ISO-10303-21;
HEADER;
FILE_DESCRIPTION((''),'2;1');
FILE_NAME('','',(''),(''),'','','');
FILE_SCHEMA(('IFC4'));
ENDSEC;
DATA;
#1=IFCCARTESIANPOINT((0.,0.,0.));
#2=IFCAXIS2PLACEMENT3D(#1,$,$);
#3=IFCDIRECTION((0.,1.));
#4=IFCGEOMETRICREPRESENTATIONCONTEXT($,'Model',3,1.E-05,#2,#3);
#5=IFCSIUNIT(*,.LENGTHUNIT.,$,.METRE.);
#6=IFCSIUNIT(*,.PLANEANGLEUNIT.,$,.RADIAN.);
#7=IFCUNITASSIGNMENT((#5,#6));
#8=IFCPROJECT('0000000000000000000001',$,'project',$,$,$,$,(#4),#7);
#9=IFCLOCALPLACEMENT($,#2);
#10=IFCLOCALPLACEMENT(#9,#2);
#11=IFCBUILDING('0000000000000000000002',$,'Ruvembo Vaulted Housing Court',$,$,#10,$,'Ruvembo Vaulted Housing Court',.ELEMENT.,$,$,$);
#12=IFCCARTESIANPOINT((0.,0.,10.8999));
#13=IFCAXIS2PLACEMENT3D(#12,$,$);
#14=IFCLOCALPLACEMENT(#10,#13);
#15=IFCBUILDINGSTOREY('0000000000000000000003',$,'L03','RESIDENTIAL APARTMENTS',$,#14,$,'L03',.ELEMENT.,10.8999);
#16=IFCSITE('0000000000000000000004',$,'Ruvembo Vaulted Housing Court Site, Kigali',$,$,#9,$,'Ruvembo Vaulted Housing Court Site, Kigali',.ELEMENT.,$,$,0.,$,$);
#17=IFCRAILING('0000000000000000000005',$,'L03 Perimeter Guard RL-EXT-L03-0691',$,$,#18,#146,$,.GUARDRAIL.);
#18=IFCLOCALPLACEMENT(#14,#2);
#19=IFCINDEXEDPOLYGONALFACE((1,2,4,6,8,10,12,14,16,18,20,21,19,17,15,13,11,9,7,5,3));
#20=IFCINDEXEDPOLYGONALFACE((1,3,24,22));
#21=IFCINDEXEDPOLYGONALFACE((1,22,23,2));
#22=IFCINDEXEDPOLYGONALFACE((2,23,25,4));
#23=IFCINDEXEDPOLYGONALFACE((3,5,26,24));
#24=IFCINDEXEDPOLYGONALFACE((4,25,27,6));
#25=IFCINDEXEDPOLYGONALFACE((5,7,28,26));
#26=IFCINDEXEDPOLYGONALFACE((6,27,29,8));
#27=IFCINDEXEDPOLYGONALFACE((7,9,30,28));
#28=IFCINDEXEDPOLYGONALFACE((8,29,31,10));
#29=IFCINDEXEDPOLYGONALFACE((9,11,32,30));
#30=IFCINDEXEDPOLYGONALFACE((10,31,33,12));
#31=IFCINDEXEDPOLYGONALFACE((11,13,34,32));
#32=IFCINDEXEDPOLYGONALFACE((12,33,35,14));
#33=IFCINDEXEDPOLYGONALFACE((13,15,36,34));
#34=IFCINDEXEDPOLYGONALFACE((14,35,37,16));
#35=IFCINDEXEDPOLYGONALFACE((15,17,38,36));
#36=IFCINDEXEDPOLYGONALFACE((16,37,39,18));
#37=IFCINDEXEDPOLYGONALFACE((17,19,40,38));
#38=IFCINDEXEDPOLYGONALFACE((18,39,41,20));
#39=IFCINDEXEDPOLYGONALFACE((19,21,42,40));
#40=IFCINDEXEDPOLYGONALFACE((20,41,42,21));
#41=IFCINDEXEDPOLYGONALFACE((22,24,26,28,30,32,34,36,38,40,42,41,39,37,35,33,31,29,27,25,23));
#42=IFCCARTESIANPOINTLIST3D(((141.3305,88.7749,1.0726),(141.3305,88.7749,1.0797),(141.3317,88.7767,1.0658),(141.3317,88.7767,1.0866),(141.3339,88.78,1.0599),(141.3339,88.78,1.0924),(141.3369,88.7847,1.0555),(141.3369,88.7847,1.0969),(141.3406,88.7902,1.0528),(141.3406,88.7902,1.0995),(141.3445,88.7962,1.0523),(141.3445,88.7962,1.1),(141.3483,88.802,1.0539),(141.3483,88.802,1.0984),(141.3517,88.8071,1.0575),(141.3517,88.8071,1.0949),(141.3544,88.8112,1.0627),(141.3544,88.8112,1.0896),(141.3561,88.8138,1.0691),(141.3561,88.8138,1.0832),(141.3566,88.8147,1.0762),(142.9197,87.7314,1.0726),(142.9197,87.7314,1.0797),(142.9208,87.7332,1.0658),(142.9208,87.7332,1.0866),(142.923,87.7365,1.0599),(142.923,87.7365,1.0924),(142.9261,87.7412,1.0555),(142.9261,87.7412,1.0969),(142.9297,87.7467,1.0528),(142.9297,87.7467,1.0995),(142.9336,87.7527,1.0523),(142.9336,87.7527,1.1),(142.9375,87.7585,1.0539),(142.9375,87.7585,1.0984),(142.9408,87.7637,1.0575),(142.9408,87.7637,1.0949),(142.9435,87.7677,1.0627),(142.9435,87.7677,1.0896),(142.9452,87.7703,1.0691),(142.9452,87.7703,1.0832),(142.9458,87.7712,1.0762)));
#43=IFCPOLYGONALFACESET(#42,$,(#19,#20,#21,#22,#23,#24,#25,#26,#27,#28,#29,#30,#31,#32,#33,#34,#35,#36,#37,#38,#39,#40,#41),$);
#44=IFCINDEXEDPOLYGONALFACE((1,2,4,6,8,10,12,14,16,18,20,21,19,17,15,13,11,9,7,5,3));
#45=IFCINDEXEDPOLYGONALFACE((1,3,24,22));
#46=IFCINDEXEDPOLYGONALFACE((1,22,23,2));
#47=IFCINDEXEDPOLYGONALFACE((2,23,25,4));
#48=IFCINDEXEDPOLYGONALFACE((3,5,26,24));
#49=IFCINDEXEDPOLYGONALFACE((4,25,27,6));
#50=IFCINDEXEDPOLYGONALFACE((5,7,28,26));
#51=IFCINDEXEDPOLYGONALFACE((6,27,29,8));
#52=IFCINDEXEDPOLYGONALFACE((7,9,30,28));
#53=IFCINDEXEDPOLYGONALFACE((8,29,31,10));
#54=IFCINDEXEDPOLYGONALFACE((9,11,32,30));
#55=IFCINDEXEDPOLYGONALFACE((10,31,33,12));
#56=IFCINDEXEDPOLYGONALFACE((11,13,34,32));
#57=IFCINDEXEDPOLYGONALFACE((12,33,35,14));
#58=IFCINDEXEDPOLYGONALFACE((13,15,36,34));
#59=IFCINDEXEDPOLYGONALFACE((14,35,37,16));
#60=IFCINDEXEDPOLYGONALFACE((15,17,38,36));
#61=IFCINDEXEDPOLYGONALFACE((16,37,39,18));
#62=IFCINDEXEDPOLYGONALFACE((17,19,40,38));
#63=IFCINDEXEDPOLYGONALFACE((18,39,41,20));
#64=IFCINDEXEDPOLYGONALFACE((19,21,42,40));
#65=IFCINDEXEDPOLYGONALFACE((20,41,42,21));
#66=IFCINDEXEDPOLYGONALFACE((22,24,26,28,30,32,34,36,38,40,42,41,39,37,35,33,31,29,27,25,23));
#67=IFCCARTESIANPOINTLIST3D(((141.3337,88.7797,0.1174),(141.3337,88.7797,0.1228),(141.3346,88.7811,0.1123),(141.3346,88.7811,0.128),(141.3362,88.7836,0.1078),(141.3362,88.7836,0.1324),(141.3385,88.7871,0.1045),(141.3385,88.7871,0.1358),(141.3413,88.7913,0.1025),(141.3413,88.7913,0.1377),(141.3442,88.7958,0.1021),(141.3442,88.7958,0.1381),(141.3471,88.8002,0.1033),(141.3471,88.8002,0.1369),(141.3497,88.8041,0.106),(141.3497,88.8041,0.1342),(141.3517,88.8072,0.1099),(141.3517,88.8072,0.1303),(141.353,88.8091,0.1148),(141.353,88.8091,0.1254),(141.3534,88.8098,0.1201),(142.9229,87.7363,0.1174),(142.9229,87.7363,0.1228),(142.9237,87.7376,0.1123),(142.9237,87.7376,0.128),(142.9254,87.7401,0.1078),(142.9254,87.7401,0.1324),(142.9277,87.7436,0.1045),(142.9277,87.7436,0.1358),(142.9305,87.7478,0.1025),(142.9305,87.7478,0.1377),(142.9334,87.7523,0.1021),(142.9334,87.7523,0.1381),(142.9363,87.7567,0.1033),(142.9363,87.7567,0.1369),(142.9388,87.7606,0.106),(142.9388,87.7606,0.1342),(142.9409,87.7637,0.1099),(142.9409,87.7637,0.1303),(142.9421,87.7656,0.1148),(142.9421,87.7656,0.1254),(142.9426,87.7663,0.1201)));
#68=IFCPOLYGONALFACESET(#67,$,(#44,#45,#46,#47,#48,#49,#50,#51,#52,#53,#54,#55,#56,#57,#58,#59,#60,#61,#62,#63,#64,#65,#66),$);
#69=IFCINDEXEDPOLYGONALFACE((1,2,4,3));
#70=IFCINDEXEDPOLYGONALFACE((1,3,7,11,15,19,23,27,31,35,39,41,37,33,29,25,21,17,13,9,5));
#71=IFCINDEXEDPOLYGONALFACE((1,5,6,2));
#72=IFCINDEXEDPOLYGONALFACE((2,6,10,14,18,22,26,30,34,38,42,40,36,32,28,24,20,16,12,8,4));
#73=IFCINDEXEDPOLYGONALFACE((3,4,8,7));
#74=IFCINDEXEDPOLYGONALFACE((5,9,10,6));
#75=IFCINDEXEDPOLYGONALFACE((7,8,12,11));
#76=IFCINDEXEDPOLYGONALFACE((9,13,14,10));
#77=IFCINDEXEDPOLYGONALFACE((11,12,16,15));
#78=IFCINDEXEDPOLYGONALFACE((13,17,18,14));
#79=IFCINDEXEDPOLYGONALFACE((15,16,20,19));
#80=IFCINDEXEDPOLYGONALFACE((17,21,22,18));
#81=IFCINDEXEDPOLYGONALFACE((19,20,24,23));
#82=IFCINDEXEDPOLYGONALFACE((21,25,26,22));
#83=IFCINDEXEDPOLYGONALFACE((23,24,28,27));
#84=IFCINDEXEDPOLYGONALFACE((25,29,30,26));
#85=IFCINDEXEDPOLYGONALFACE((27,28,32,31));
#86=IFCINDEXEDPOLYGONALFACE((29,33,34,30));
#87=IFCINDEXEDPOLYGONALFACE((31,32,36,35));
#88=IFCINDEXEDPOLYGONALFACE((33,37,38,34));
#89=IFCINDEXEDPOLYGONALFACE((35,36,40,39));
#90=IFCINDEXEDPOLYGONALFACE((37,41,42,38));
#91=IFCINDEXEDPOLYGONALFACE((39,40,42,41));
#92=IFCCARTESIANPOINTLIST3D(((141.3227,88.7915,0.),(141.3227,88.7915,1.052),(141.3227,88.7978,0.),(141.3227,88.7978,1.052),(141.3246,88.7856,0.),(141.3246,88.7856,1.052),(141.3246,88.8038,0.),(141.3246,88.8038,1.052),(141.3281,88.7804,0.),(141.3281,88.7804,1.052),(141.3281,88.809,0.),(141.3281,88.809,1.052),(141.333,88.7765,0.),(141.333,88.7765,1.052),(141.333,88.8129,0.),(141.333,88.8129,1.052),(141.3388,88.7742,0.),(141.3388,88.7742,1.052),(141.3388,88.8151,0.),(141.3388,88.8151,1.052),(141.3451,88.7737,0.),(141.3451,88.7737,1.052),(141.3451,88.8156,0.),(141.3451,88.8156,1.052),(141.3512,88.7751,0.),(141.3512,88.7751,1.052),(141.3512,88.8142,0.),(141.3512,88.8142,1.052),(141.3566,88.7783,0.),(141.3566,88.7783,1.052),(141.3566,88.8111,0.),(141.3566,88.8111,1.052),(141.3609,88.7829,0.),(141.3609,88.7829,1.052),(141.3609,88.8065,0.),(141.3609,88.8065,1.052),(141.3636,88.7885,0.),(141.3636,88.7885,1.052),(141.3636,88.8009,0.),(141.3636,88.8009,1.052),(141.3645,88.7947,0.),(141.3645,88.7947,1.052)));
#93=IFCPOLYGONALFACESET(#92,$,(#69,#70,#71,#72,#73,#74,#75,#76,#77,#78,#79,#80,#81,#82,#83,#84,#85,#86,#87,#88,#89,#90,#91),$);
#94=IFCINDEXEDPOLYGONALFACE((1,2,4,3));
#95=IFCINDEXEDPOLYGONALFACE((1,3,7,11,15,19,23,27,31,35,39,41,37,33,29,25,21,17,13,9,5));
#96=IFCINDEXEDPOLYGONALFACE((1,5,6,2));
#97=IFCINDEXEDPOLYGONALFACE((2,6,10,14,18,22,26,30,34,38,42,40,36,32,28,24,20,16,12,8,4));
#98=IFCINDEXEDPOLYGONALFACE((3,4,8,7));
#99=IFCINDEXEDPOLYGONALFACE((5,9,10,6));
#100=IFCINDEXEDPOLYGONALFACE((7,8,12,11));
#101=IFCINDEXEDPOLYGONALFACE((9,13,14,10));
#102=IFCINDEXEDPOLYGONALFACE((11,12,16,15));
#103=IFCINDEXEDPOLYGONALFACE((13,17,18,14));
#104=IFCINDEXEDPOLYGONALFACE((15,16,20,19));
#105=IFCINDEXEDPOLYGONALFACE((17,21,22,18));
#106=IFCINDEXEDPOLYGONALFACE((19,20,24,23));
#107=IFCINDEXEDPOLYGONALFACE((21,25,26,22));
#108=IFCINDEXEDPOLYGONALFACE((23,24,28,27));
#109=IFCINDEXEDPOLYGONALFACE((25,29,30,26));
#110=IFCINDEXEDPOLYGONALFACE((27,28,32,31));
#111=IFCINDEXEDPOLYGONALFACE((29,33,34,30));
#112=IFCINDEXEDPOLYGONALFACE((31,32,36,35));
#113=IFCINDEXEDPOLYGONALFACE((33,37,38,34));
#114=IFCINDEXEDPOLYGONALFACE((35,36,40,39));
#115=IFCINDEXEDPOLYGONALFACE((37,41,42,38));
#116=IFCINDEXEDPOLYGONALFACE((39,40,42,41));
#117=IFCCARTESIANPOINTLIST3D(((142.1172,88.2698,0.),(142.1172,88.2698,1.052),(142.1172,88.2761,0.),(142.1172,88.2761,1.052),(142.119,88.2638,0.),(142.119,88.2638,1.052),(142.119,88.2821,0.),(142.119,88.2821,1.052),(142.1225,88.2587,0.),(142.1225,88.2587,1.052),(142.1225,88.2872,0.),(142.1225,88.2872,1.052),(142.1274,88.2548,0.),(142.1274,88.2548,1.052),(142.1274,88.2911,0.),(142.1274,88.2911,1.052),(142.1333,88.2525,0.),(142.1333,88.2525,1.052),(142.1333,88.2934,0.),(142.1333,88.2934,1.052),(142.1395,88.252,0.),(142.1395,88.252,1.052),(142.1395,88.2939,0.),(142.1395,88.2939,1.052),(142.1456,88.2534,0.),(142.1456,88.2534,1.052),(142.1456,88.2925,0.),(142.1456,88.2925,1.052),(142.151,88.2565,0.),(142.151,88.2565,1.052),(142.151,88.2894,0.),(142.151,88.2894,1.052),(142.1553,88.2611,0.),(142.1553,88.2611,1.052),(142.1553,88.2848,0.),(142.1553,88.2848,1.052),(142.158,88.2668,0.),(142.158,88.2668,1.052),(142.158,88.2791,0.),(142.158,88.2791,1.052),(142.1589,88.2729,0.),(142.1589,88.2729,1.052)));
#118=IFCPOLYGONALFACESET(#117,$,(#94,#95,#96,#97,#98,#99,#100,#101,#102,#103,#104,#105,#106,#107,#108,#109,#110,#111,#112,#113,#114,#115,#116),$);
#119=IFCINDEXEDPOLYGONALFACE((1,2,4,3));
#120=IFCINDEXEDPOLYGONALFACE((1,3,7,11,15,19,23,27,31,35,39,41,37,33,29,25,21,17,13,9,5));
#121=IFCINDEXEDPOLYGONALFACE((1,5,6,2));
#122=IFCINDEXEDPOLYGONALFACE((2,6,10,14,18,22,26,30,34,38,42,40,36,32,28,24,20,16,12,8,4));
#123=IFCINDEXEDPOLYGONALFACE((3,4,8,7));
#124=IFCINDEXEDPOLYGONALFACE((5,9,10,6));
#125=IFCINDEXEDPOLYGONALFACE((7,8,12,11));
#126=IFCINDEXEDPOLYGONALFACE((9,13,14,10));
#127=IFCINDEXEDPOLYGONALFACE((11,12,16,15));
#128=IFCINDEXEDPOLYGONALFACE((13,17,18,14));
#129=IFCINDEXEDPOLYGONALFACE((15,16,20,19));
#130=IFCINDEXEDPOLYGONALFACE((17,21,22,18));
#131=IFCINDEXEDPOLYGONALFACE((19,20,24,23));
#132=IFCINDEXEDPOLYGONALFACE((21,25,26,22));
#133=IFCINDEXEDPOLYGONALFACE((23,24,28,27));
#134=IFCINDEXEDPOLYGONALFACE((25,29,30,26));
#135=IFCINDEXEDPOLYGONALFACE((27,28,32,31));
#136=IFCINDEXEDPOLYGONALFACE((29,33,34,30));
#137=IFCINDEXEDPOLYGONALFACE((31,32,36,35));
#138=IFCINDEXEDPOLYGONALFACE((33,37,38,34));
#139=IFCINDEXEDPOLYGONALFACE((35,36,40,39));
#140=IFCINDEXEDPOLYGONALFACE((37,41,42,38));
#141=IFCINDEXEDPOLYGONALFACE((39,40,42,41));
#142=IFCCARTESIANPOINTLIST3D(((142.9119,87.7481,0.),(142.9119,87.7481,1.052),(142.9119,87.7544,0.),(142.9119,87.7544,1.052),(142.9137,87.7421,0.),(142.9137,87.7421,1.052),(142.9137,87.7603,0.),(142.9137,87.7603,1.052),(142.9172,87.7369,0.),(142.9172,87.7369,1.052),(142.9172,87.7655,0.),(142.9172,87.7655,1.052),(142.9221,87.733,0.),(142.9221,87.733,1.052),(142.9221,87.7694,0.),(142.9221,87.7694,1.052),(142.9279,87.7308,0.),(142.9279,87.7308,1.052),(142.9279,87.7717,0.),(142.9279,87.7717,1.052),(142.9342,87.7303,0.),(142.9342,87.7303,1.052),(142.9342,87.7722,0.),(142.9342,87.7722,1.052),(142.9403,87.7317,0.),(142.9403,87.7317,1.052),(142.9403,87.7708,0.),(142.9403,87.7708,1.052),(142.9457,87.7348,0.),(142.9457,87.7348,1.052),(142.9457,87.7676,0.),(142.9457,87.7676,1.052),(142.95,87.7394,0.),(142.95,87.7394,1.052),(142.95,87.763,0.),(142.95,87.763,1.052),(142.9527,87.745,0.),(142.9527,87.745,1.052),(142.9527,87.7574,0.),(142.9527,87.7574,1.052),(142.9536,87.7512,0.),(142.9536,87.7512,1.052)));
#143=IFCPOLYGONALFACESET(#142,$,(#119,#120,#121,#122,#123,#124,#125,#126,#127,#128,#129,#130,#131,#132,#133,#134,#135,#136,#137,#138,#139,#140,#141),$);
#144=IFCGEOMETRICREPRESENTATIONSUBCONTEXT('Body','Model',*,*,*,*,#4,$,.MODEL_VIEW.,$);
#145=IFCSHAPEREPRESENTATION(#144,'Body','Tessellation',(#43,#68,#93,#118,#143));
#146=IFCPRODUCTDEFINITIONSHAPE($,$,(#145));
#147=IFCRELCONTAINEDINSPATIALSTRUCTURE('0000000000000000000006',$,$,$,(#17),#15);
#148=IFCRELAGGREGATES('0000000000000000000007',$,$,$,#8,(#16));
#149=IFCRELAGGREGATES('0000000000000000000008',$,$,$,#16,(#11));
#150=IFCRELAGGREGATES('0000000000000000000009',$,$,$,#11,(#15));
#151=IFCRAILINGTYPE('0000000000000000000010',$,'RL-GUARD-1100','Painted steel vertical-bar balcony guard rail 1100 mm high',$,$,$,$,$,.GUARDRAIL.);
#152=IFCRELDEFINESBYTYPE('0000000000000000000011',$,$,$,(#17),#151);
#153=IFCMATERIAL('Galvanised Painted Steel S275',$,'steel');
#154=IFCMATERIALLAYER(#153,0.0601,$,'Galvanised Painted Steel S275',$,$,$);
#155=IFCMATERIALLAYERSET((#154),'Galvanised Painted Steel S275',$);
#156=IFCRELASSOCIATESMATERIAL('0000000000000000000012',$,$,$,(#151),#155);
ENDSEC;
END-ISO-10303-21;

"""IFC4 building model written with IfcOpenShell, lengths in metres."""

from ifc_helpers import new_model, si_unit, direction, frame, origin, origin_2d, place, context, subcontext, project, spatial, circle, extrude, material, layer, layer_set, type_object, element, save


model = new_model("IFC4")

# Units and contexts
model_context = context("Model", 3, precision=1e-05, world=origin(), true_north=direction((0.0, 1.0)))
body_context = subcontext(model_context, "Body", "Model", "MODEL_VIEW")
ifc_project = project(units=[si_unit("LENGTHUNIT", "METRE"), si_unit("PLANEANGLEUNIT", "RADIAN")], contexts=[model_context])

# Site, building, storey
site_placement = place(None, origin())
site = spatial("IfcSite", under=ifc_project, at=site_placement, Name="Ruvembo Vaulted Housing Court Site, Kigali", LongName="Ruvembo Vaulted Housing Court Site, Kigali", CompositionType="ELEMENT", RefElevation=0.0)
building_placement = place(site_placement, origin())
building = spatial("IfcBuilding", under=site, at=building_placement, Name="Ruvembo Vaulted Housing Court", LongName="Ruvembo Vaulted Housing Court", CompositionType="ELEMENT")
storey_placement = place(building_placement, frame((0.0, 0.0, 10.8999)))
storey = spatial("IfcBuildingStorey", under=building, at=storey_placement, Name="L03", Description="RESIDENTIAL APARTMENTS", LongName="L03", CompositionType="ELEMENT", Elevation=10.8999)

# Railing
ifc_material_1 = material(Name="Galvanised Painted Steel S275", Category="steel")
ifc_layer_1 = layer(ifc_material_1, 0.0601, Name="Galvanised Painted Steel S275")
ifc_layer_set_1 = layer_set([ifc_layer_1], Name="Galvanised Painted Steel S275")
railing_type = type_object("IfcRailingType", Name="RL-GUARD-1100", Description="Painted steel vertical-bar balcony guard rail 1100 mm high", PredefinedType="GUARDRAIL", material=ifc_layer_set_1)
railing_1_placement = place(storey_placement, frame((141.3435, 88.7947, 0.0)))
element("IfcRailing", 1, at=railing_1_placement, inside=storey, type_object=railing_type, Name="L03 Perimeter Guard RL-EXT-L03-0691", PredefinedType="GUARDRAIL", context=body_context, shape_type="SweptSolid", body=[
    extrude(circle(Radius=0.0239, at=origin_2d()), frame((0.0, 0.0, 1.0762), z_axis=(0.835902, -0.548878, 0.0), x_axis=(0.548878, 0.835902, 0.0)), (0.0, 0.0, 1.0), 1.9011),
    extrude(circle(Radius=0.0181, at=origin_2d()), frame((0.0, 0.0, 0.1201), z_axis=(0.835902, -0.548878, 0.0), x_axis=(0.548878, 0.835902, 0.0)), (0.0, 0.0, 1.0), 1.9011),
    extrude(circle(Radius=0.021, at=origin_2d()), origin(), (0.0, 0.0, 1.0), 1.052),
    extrude(circle(Radius=0.021, at=origin_2d()), frame((0.7944, -0.5217, 0.0)), (0.0, 0.0, 1.0), 1.052),
    extrude(circle(Radius=0.021, at=origin_2d()), frame((1.5891, -1.0435, 0.0)), (0.0, 0.0, 1.0), 1.052),
])

save(model, "model.ifc")
